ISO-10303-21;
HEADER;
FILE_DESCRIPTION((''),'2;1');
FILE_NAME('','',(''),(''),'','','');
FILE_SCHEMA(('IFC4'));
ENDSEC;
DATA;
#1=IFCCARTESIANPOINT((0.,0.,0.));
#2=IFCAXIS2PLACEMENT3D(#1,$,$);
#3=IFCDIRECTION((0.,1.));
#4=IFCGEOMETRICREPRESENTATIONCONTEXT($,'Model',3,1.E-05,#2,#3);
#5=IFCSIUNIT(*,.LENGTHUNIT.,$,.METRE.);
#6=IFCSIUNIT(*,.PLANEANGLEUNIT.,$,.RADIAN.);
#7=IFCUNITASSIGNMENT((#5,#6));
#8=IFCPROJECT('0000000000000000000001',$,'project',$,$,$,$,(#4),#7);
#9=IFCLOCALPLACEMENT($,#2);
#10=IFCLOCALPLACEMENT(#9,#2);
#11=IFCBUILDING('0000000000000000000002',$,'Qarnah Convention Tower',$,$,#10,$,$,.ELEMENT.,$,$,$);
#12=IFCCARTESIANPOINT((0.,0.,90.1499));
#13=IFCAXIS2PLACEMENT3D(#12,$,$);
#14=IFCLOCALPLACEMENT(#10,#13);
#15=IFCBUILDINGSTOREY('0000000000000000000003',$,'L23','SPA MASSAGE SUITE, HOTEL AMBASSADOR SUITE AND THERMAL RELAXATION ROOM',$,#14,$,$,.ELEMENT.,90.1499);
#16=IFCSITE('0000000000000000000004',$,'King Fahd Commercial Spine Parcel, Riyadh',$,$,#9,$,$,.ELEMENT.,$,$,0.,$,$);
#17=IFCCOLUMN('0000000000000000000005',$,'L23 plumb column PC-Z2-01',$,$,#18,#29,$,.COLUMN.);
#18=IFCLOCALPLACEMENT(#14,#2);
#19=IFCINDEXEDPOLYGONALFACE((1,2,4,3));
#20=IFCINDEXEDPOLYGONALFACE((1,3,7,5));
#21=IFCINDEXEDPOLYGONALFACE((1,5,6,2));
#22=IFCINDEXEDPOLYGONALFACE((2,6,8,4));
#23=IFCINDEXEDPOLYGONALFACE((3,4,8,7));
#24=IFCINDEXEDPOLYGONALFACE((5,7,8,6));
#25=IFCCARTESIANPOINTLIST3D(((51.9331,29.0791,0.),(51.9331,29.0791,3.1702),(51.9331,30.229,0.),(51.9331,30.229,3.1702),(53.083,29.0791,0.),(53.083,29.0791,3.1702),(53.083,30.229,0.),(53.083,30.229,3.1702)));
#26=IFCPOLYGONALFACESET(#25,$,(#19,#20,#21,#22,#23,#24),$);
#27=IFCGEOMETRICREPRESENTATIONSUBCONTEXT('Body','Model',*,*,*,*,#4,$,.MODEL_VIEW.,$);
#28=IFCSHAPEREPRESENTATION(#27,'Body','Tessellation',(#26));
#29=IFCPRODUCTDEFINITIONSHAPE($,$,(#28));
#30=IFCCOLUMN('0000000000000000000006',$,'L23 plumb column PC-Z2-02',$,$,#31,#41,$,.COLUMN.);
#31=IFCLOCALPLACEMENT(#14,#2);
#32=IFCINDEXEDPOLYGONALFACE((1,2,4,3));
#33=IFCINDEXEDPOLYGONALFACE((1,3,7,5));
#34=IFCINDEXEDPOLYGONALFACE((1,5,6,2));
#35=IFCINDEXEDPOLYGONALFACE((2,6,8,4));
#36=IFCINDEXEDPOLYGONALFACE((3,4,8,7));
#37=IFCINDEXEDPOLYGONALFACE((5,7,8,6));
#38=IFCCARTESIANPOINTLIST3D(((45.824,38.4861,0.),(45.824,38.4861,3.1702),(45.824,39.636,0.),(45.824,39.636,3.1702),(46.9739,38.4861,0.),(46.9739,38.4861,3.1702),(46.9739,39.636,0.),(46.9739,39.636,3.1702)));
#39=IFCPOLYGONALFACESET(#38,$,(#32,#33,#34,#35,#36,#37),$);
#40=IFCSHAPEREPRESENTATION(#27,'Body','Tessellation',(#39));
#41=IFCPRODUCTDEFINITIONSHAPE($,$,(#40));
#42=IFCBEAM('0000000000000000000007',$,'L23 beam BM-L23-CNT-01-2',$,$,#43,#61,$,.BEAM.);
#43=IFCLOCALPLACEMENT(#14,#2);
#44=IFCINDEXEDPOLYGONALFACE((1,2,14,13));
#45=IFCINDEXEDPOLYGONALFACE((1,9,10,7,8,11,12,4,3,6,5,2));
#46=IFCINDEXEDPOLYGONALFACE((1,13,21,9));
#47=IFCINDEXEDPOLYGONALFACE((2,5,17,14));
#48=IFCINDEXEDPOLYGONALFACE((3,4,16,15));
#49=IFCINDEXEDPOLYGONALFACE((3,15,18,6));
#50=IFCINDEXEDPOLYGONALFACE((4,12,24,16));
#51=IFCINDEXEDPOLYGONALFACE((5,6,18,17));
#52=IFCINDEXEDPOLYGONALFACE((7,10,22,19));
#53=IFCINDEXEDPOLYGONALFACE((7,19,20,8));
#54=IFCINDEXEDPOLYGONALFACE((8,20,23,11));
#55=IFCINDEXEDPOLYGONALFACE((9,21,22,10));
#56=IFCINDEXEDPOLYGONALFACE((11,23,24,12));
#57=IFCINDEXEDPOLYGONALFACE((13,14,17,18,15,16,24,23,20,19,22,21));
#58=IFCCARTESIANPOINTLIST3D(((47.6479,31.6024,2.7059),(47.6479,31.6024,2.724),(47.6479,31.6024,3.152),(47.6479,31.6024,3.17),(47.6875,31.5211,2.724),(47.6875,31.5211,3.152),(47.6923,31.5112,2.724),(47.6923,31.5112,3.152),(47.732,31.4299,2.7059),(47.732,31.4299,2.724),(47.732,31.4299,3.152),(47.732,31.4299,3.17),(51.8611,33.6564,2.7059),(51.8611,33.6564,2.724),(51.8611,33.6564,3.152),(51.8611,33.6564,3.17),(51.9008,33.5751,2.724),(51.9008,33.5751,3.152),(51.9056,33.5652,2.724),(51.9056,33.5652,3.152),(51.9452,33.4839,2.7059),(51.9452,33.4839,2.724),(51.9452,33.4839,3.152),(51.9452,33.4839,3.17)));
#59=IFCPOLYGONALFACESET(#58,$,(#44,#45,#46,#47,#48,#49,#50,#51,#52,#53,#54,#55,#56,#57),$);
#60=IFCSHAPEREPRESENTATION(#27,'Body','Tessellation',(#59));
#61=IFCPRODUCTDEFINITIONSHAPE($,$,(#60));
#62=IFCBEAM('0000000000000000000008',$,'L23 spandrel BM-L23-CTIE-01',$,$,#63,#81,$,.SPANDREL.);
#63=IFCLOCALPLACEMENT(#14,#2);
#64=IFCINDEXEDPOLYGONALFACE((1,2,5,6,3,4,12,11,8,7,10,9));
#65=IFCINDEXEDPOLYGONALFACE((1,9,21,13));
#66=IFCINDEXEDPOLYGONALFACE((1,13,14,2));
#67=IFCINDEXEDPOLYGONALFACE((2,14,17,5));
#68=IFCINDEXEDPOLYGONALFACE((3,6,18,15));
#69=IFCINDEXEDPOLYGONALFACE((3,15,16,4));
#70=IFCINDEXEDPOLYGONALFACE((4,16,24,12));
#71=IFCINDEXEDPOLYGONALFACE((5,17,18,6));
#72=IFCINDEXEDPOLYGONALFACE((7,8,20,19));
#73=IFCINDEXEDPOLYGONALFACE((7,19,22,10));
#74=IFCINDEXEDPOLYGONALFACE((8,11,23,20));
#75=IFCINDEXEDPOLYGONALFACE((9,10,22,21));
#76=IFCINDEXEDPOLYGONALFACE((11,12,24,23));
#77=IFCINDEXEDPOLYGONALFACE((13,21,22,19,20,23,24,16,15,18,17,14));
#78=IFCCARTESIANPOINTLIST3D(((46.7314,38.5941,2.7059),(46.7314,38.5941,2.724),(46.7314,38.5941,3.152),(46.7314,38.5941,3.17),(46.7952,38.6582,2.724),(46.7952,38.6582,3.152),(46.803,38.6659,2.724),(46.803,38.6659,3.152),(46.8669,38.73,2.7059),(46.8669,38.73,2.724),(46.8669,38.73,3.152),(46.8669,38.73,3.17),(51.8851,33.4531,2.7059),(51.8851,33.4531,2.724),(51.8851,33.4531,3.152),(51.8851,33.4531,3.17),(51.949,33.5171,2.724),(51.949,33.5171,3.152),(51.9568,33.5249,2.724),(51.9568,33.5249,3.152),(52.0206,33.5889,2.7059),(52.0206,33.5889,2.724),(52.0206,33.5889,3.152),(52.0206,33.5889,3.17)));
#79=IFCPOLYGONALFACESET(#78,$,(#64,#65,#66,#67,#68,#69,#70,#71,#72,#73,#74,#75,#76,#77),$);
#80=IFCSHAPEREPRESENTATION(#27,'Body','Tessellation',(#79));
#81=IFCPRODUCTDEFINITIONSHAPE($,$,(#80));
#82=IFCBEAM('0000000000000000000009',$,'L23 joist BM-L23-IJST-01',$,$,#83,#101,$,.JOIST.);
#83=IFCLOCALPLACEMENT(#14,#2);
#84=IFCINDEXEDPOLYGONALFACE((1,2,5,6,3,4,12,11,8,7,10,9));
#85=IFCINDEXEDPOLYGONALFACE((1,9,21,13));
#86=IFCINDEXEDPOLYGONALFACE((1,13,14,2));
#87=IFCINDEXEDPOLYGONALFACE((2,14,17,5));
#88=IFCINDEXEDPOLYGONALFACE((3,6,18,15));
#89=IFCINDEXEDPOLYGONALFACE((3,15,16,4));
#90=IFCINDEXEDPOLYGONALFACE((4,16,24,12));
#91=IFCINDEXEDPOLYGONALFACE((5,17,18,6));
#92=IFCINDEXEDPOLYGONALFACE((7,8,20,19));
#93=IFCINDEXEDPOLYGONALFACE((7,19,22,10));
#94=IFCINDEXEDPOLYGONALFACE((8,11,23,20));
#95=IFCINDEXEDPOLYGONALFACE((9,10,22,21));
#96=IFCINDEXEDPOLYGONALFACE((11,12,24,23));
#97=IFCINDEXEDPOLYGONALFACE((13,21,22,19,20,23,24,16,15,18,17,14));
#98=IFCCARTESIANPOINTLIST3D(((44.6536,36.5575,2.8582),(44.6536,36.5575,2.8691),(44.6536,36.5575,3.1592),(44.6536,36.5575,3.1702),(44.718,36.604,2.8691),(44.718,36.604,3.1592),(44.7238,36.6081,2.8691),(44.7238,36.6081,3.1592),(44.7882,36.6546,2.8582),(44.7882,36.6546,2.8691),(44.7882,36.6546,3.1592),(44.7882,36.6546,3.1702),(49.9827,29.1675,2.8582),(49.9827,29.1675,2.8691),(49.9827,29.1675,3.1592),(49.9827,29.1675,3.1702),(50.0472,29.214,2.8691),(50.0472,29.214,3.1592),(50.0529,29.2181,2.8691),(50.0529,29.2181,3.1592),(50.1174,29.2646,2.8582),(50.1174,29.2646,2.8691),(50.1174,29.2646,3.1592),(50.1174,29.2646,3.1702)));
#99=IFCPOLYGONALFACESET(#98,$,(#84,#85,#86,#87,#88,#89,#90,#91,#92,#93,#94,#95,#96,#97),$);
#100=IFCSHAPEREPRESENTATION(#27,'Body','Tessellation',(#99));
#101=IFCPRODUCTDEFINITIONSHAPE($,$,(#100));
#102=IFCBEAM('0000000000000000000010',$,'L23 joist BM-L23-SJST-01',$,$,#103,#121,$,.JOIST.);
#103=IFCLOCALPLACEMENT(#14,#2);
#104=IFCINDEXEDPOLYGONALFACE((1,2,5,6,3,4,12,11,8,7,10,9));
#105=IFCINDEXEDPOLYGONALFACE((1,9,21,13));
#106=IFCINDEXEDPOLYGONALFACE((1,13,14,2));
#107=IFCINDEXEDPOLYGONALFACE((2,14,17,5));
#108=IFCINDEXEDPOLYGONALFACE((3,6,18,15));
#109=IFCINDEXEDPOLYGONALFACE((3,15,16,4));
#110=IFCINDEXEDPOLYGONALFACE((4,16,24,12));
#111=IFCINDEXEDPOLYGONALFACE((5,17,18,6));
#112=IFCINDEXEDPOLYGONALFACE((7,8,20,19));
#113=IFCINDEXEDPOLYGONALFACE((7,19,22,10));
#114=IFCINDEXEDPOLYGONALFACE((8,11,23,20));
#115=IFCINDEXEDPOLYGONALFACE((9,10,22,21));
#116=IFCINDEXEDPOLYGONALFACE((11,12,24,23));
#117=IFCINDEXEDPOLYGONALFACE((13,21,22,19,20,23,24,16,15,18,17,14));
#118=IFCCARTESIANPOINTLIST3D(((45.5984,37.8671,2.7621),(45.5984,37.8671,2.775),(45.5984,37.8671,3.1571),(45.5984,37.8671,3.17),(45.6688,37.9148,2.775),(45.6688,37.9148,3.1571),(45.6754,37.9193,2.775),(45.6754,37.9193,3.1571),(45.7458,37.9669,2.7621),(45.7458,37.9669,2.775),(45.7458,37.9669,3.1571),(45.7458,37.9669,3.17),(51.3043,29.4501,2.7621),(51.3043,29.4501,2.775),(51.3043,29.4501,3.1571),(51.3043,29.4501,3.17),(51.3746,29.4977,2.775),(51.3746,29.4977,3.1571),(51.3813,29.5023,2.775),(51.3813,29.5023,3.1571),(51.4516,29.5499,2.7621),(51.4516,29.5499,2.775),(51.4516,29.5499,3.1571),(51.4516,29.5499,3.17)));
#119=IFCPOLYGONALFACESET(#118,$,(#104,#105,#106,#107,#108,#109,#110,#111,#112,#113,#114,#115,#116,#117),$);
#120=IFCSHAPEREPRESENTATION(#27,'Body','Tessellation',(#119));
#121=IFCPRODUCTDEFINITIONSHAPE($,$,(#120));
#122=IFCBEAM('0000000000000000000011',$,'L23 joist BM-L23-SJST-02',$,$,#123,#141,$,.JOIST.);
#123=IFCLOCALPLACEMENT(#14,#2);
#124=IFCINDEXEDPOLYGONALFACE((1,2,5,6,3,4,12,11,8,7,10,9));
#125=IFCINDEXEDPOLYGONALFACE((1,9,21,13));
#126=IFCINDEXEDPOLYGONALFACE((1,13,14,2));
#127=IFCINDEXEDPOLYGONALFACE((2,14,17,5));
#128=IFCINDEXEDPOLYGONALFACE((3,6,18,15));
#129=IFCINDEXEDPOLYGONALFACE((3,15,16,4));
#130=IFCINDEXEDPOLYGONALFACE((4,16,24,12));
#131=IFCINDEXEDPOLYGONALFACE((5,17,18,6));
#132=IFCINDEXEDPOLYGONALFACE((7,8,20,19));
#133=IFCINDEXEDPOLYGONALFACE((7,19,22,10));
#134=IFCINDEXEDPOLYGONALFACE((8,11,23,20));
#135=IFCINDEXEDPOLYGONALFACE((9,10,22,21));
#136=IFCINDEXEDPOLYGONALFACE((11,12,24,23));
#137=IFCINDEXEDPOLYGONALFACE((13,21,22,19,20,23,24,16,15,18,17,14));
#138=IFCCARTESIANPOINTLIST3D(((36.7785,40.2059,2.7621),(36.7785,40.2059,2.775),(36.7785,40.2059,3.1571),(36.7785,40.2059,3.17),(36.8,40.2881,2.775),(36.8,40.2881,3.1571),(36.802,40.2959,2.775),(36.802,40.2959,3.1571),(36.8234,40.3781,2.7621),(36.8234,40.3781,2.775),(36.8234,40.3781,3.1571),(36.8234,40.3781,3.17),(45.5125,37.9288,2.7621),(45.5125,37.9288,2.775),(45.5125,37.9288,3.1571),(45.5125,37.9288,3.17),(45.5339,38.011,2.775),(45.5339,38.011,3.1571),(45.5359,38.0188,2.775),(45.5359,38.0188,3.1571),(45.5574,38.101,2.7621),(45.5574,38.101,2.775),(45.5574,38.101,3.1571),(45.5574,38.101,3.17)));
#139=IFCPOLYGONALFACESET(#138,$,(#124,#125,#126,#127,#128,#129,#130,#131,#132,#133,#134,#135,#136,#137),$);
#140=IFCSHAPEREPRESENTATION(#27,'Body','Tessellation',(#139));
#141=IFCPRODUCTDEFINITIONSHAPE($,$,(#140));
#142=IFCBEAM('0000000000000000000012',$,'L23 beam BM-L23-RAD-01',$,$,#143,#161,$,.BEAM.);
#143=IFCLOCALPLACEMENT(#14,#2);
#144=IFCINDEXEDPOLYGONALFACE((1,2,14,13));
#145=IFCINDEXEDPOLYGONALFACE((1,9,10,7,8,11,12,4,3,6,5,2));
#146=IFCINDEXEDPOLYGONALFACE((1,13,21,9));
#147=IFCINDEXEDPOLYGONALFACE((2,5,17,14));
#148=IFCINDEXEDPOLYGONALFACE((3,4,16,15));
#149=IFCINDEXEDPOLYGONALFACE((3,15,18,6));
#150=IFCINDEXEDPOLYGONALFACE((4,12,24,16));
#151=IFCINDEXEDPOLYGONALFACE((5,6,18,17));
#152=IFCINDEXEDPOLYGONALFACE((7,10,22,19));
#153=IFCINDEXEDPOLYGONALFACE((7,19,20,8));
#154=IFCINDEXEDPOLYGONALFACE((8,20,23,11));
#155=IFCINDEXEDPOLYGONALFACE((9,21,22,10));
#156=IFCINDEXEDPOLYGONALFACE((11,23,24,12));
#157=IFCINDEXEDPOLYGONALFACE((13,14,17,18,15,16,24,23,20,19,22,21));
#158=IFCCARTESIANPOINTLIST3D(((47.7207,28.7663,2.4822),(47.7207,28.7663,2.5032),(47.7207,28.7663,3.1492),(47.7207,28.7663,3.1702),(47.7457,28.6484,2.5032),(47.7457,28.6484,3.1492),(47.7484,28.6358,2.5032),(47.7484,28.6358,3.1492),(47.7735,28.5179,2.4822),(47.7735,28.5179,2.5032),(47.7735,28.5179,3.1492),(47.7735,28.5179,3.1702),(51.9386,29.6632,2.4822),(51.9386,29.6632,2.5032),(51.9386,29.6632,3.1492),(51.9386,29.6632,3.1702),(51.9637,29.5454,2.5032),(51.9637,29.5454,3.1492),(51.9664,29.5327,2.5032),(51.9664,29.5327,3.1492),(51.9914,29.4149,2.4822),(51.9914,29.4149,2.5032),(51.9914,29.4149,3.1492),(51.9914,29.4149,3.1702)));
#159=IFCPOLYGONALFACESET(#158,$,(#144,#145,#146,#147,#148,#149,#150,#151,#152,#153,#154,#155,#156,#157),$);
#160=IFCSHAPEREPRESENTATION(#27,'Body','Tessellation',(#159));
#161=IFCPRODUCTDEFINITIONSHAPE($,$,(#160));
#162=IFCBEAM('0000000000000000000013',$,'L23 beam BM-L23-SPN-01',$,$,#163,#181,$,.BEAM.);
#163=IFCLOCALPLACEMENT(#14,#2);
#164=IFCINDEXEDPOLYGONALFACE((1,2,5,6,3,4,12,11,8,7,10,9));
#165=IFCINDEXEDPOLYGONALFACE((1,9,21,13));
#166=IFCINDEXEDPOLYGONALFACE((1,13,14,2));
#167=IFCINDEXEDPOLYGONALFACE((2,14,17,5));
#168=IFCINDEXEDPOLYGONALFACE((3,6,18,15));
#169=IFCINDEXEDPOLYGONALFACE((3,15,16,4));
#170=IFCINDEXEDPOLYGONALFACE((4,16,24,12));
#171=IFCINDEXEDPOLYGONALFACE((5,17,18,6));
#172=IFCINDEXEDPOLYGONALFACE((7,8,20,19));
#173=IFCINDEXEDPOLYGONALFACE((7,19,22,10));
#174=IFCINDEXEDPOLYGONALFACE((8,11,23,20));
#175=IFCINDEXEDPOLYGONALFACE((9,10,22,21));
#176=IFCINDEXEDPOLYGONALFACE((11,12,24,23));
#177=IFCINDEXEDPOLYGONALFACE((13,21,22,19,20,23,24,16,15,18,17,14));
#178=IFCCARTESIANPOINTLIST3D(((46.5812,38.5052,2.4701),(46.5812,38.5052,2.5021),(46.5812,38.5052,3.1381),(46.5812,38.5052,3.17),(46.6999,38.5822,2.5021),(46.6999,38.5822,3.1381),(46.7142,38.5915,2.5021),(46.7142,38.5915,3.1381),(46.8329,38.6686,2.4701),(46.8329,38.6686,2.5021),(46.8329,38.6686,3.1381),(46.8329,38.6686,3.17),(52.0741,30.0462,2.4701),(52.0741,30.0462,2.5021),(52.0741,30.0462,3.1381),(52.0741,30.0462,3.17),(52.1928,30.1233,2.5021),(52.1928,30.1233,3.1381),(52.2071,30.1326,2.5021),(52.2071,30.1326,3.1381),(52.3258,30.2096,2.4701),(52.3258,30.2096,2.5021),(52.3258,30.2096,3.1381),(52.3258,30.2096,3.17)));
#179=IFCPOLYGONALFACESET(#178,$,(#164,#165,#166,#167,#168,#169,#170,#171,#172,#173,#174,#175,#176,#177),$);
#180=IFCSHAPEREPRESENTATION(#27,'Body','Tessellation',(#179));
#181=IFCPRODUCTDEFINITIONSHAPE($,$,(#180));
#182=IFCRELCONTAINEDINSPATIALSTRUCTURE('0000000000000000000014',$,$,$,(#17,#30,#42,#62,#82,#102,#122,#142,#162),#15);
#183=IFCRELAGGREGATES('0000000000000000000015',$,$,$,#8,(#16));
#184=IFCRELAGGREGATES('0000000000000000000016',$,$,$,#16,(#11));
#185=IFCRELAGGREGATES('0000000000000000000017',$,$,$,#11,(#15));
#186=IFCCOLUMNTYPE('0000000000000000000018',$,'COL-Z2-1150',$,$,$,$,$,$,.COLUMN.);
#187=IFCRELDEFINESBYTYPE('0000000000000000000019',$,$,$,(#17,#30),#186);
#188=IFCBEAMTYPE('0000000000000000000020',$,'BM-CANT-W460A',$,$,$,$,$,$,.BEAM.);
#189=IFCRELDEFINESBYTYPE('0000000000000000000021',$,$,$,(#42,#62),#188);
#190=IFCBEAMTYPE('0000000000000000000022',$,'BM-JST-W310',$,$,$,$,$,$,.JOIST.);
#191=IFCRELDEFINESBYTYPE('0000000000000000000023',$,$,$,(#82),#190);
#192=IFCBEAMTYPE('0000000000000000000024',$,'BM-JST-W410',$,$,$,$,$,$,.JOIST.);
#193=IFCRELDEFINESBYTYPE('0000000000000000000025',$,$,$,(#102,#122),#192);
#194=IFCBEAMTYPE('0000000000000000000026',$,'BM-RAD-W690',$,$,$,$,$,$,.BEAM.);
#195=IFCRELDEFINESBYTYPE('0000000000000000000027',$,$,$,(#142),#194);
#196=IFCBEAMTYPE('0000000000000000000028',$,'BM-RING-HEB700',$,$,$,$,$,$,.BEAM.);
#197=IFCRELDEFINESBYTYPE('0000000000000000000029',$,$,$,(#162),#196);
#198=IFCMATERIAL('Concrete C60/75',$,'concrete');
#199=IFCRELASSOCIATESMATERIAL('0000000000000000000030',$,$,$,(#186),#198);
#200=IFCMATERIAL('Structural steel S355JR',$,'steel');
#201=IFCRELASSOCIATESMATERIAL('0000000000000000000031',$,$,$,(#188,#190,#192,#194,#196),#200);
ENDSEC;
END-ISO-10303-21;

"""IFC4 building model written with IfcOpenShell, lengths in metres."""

from ifc_helpers import new_model, si_unit, direction, frame, origin, origin_2d, place, context, subcontext, project, spatial, rectangle, i_section, extrude, material, material_profile, profile_set, type_object, element, save


model = new_model("IFC4")

# Units and contexts
model_context = context("Model", 3, precision=1e-05, world=origin(), true_north=direction((0.0, 1.0)))
body_context = subcontext(model_context, "Body", "Model", "MODEL_VIEW")
ifc_project = project(units=[si_unit("LENGTHUNIT", "METRE"), si_unit("PLANEANGLEUNIT", "RADIAN")], contexts=[model_context])

# Site, building, storey
site_placement = place(None, origin())
site = spatial("IfcSite", under=ifc_project, at=site_placement, Name="King Fahd Commercial Spine Parcel, Riyadh", CompositionType="ELEMENT", RefElevation=0.0)
building_placement = place(site_placement, origin())
building = spatial("IfcBuilding", under=site, at=building_placement, Name="Qarnah Convention Tower", CompositionType="ELEMENT")
storey_placement = place(building_placement, frame((0.0, 0.0, 90.1499)))
storey = spatial("IfcBuildingStorey", under=building, at=storey_placement, Name="L23", Description="SPA MASSAGE SUITE, HOTEL AMBASSADOR SUITE AND THERMAL RELAXATION ROOM", CompositionType="ELEMENT", Elevation=90.1499)

# Columns
ifc_material_1 = material(Name="Concrete C60/75", Category="concrete")
ifc_material_profile_1 = material_profile(ifc_material_1, rectangle(XDim=1.1499, YDim=1.1499, at=origin_2d()), Name="RC-COL-1150X1150")
ifc_profile_set_1 = profile_set([ifc_material_profile_1], Name="Concrete C60/75")
column_type = type_object("IfcColumnType", Name="COL-Z2-1150", PredefinedType="COLUMN", material=ifc_profile_set_1)
for number, where, z_axis, x_axis, name in (
    (1, (52.5081, 29.6541, 0.0), (0.0, 0.0, 1.0), (1.0, 0.0, 0.0), "L23 plumb column PC-Z2-01"),
    (2, (46.3989, 39.061, 0.0), (0.0, 0.0, 1.0), (1.0, 0.0, 0.0), "L23 plumb column PC-Z2-02"),
):
    element("IfcColumn", number, at=place(storey_placement, frame(where, z_axis=z_axis, x_axis=x_axis)), inside=storey, type_object=column_type, Name=name, PredefinedType="COLUMN", context=body_context, shape_type="SweptSolid", body=[
        extrude(rectangle(XDim=1.1499, YDim=1.1499, at=origin_2d()), origin(), (0.0, 0.0, 1.0), 3.1702),
    ])

# Beams
ifc_material_2 = material(Name="Structural steel S355JR", Category="steel")
ifc_material_profile_2 = material_profile(ifc_material_2, i_section(OverallWidth=0.1919, OverallDepth=0.4641, WebThickness=0.011, FlangeThickness=0.0181, at=origin_2d()), Name="W460X89")
ifc_profile_set_2 = profile_set([ifc_material_profile_2], Name="Structural steel S355JR")
beam_type_1 = type_object("IfcBeamType", Name="BM-CANT-W460A", PredefinedType="BEAM", material=ifc_profile_set_2)
beam_1_placement = place(storey_placement, frame((47.6899, 31.5161, 2.938), z_axis=(0.898872, 0.438211, 0.0), x_axis=(-0.438211, 0.898872, 0.0)))
element("IfcBeam", 3, at=beam_1_placement, inside=storey, type_object=beam_type_1, Name="L23 beam BM-L23-CNT-01-2", PredefinedType="BEAM", context=body_context, shape_type="SweptSolid", body=[
    extrude(i_section(OverallWidth=0.1919, OverallDepth=0.4641, WebThickness=0.011, FlangeThickness=0.0181, at=origin_2d()), origin(), (0.0, 0.0, 1.0), 4.6873),
])
beam_2_placement = place(storey_placement, frame((51.9529, 33.521, 2.938), z_axis=(-0.707978, 0.706234, 0.0), x_axis=(-0.706234, -0.707978, 0.0)))
element("IfcBeam", 4, at=beam_2_placement, inside=storey, type_object=beam_type_1, Name="L23 spandrel BM-L23-CTIE-01", PredefinedType="SPANDREL", context=body_context, shape_type="SweptSolid", body=[
    extrude(i_section(OverallWidth=0.1919, OverallDepth=0.4641, WebThickness=0.011, FlangeThickness=0.0181, at=origin_2d()), origin(), (0.0, 0.0, 1.0), 7.2795),
])
ifc_material_profile_3 = material_profile(ifc_material_2, i_section(OverallWidth=0.166, OverallDepth=0.312, WebThickness=0.0071, FlangeThickness=0.011, at=origin_2d()), Name="W310X45")
ifc_profile_set_3 = profile_set([ifc_material_profile_3], Name="Structural steel S355JR")
beam_type_2 = type_object("IfcBeamType", Name="BM-JST-W310", PredefinedType="JOIST", material=ifc_profile_set_3)
beam_3_placement = place(storey_placement, frame((50.05, 29.2161, 3.0142), z_axis=(-0.58491, 0.811098, 0.0), x_axis=(-0.811098, -0.58491, 0.0)))
element("IfcBeam", 5, at=beam_3_placement, inside=storey, type_object=beam_type_2, Name="L23 joist BM-L23-IJST-01", PredefinedType="JOIST", context=body_context, shape_type="SweptSolid", body=[
    extrude(i_section(OverallWidth=0.166, OverallDepth=0.312, WebThickness=0.0071, FlangeThickness=0.011, at=origin_2d()), origin(), (0.0, 0.0, 1.0), 9.1111),
])
ifc_material_profile_4 = material_profile(ifc_material_2, i_section(OverallWidth=0.178, OverallDepth=0.408, WebThickness=0.0081, FlangeThickness=0.0129, at=origin_2d()), Name="W410X60")
ifc_profile_set_4 = profile_set([ifc_material_profile_4], Name="Structural steel S355JR")
beam_type_3 = type_object("IfcBeamType", Name="BM-JST-W410", PredefinedType="JOIST", material=ifc_profile_set_4)
beam_4_placement = place(storey_placement, frame((51.3779, 29.5, 2.9661), z_axis=(-0.561116, 0.827737, 0.0), x_axis=(-0.827737, -0.561116, 0.0)))
element("IfcBeam", 6, at=beam_4_placement, inside=storey, type_object=beam_type_3, Name="L23 joist BM-L23-SJST-01", PredefinedType="JOIST", context=body_context, shape_type="SweptSolid", body=[
    extrude(i_section(OverallWidth=0.178, OverallDepth=0.408, WebThickness=0.0081, FlangeThickness=0.0129, at=origin_2d()), origin(), (0.0, 0.0, 1.0), 10.1687),
])
beam_5_placement = place(storey_placement, frame((45.5349, 38.0149, 2.9661), z_axis=(-0.967653, 0.252286, 0.0), x_axis=(-0.252286, -0.967653, 0.0)))
element("IfcBeam", 7, at=beam_5_placement, inside=storey, type_object=beam_type_3, Name="L23 joist BM-L23-SJST-02", PredefinedType="JOIST", context=body_context, shape_type="SweptSolid", body=[
    extrude(i_section(OverallWidth=0.178, OverallDepth=0.408, WebThickness=0.0081, FlangeThickness=0.0129, at=origin_2d()), origin(), (0.0, 0.0, 1.0), 9.0259),
])
ifc_material_profile_5 = material_profile(ifc_material_2, i_section(OverallWidth=0.2539, OverallDepth=0.688, WebThickness=0.0129, FlangeThickness=0.021, at=origin_2d()), Name="W690X152")
ifc_profile_set_5 = profile_set([ifc_material_profile_5], Name="Structural steel S355JR")
beam_type_4 = type_object("IfcBeamType", Name="BM-RAD-W690", PredefinedType="BEAM", material=ifc_profile_set_5)
beam_6_placement = place(storey_placement, frame((47.7471, 28.6421, 2.8262), z_axis=(0.978128, 0.208002, 0.0), x_axis=(-0.208002, 0.978128, 0.0)))
element("IfcBeam", 8, at=beam_6_placement, inside=storey, type_object=beam_type_4, Name="L23 beam BM-L23-RAD-01", PredefinedType="BEAM", context=body_context, shape_type="SweptSolid", body=[
    extrude(i_section(OverallWidth=0.2539, OverallDepth=0.688, WebThickness=0.0129, FlangeThickness=0.021, at=origin_2d()), origin(), (0.0, 0.0, 1.0), 4.3123),
])
ifc_material_profile_6 = material_profile(ifc_material_2, i_section(OverallWidth=0.3, OverallDepth=0.7, WebThickness=0.0171, FlangeThickness=0.032, at=origin_2d()), Name="HEB700")
ifc_profile_set_6 = profile_set([ifc_material_profile_6], Name="Structural steel S355JR")
beam_type_5 = type_object("IfcBeamType", Name="BM-RING-HEB700", PredefinedType="BEAM", material=ifc_profile_set_6)
beam_7_placement = place(storey_placement, frame((52.2, 30.1279, 2.8201), z_axis=(-0.544611, 0.838689, 0.0), x_axis=(-0.838689, -0.544611, 0.0)))
element("IfcBeam", 9, at=beam_7_placement, inside=storey, type_object=beam_type_5, Name="L23 beam BM-L23-SPN-01", PredefinedType="BEAM", context=body_context, shape_type="SweptSolid", body=[
    extrude(i_section(OverallWidth=0.3, OverallDepth=0.7, WebThickness=0.0171, FlangeThickness=0.032, at=origin_2d()), origin(), (0.0, 0.0, 1.0), 10.0859),
])

save(model, "model.ifc")
